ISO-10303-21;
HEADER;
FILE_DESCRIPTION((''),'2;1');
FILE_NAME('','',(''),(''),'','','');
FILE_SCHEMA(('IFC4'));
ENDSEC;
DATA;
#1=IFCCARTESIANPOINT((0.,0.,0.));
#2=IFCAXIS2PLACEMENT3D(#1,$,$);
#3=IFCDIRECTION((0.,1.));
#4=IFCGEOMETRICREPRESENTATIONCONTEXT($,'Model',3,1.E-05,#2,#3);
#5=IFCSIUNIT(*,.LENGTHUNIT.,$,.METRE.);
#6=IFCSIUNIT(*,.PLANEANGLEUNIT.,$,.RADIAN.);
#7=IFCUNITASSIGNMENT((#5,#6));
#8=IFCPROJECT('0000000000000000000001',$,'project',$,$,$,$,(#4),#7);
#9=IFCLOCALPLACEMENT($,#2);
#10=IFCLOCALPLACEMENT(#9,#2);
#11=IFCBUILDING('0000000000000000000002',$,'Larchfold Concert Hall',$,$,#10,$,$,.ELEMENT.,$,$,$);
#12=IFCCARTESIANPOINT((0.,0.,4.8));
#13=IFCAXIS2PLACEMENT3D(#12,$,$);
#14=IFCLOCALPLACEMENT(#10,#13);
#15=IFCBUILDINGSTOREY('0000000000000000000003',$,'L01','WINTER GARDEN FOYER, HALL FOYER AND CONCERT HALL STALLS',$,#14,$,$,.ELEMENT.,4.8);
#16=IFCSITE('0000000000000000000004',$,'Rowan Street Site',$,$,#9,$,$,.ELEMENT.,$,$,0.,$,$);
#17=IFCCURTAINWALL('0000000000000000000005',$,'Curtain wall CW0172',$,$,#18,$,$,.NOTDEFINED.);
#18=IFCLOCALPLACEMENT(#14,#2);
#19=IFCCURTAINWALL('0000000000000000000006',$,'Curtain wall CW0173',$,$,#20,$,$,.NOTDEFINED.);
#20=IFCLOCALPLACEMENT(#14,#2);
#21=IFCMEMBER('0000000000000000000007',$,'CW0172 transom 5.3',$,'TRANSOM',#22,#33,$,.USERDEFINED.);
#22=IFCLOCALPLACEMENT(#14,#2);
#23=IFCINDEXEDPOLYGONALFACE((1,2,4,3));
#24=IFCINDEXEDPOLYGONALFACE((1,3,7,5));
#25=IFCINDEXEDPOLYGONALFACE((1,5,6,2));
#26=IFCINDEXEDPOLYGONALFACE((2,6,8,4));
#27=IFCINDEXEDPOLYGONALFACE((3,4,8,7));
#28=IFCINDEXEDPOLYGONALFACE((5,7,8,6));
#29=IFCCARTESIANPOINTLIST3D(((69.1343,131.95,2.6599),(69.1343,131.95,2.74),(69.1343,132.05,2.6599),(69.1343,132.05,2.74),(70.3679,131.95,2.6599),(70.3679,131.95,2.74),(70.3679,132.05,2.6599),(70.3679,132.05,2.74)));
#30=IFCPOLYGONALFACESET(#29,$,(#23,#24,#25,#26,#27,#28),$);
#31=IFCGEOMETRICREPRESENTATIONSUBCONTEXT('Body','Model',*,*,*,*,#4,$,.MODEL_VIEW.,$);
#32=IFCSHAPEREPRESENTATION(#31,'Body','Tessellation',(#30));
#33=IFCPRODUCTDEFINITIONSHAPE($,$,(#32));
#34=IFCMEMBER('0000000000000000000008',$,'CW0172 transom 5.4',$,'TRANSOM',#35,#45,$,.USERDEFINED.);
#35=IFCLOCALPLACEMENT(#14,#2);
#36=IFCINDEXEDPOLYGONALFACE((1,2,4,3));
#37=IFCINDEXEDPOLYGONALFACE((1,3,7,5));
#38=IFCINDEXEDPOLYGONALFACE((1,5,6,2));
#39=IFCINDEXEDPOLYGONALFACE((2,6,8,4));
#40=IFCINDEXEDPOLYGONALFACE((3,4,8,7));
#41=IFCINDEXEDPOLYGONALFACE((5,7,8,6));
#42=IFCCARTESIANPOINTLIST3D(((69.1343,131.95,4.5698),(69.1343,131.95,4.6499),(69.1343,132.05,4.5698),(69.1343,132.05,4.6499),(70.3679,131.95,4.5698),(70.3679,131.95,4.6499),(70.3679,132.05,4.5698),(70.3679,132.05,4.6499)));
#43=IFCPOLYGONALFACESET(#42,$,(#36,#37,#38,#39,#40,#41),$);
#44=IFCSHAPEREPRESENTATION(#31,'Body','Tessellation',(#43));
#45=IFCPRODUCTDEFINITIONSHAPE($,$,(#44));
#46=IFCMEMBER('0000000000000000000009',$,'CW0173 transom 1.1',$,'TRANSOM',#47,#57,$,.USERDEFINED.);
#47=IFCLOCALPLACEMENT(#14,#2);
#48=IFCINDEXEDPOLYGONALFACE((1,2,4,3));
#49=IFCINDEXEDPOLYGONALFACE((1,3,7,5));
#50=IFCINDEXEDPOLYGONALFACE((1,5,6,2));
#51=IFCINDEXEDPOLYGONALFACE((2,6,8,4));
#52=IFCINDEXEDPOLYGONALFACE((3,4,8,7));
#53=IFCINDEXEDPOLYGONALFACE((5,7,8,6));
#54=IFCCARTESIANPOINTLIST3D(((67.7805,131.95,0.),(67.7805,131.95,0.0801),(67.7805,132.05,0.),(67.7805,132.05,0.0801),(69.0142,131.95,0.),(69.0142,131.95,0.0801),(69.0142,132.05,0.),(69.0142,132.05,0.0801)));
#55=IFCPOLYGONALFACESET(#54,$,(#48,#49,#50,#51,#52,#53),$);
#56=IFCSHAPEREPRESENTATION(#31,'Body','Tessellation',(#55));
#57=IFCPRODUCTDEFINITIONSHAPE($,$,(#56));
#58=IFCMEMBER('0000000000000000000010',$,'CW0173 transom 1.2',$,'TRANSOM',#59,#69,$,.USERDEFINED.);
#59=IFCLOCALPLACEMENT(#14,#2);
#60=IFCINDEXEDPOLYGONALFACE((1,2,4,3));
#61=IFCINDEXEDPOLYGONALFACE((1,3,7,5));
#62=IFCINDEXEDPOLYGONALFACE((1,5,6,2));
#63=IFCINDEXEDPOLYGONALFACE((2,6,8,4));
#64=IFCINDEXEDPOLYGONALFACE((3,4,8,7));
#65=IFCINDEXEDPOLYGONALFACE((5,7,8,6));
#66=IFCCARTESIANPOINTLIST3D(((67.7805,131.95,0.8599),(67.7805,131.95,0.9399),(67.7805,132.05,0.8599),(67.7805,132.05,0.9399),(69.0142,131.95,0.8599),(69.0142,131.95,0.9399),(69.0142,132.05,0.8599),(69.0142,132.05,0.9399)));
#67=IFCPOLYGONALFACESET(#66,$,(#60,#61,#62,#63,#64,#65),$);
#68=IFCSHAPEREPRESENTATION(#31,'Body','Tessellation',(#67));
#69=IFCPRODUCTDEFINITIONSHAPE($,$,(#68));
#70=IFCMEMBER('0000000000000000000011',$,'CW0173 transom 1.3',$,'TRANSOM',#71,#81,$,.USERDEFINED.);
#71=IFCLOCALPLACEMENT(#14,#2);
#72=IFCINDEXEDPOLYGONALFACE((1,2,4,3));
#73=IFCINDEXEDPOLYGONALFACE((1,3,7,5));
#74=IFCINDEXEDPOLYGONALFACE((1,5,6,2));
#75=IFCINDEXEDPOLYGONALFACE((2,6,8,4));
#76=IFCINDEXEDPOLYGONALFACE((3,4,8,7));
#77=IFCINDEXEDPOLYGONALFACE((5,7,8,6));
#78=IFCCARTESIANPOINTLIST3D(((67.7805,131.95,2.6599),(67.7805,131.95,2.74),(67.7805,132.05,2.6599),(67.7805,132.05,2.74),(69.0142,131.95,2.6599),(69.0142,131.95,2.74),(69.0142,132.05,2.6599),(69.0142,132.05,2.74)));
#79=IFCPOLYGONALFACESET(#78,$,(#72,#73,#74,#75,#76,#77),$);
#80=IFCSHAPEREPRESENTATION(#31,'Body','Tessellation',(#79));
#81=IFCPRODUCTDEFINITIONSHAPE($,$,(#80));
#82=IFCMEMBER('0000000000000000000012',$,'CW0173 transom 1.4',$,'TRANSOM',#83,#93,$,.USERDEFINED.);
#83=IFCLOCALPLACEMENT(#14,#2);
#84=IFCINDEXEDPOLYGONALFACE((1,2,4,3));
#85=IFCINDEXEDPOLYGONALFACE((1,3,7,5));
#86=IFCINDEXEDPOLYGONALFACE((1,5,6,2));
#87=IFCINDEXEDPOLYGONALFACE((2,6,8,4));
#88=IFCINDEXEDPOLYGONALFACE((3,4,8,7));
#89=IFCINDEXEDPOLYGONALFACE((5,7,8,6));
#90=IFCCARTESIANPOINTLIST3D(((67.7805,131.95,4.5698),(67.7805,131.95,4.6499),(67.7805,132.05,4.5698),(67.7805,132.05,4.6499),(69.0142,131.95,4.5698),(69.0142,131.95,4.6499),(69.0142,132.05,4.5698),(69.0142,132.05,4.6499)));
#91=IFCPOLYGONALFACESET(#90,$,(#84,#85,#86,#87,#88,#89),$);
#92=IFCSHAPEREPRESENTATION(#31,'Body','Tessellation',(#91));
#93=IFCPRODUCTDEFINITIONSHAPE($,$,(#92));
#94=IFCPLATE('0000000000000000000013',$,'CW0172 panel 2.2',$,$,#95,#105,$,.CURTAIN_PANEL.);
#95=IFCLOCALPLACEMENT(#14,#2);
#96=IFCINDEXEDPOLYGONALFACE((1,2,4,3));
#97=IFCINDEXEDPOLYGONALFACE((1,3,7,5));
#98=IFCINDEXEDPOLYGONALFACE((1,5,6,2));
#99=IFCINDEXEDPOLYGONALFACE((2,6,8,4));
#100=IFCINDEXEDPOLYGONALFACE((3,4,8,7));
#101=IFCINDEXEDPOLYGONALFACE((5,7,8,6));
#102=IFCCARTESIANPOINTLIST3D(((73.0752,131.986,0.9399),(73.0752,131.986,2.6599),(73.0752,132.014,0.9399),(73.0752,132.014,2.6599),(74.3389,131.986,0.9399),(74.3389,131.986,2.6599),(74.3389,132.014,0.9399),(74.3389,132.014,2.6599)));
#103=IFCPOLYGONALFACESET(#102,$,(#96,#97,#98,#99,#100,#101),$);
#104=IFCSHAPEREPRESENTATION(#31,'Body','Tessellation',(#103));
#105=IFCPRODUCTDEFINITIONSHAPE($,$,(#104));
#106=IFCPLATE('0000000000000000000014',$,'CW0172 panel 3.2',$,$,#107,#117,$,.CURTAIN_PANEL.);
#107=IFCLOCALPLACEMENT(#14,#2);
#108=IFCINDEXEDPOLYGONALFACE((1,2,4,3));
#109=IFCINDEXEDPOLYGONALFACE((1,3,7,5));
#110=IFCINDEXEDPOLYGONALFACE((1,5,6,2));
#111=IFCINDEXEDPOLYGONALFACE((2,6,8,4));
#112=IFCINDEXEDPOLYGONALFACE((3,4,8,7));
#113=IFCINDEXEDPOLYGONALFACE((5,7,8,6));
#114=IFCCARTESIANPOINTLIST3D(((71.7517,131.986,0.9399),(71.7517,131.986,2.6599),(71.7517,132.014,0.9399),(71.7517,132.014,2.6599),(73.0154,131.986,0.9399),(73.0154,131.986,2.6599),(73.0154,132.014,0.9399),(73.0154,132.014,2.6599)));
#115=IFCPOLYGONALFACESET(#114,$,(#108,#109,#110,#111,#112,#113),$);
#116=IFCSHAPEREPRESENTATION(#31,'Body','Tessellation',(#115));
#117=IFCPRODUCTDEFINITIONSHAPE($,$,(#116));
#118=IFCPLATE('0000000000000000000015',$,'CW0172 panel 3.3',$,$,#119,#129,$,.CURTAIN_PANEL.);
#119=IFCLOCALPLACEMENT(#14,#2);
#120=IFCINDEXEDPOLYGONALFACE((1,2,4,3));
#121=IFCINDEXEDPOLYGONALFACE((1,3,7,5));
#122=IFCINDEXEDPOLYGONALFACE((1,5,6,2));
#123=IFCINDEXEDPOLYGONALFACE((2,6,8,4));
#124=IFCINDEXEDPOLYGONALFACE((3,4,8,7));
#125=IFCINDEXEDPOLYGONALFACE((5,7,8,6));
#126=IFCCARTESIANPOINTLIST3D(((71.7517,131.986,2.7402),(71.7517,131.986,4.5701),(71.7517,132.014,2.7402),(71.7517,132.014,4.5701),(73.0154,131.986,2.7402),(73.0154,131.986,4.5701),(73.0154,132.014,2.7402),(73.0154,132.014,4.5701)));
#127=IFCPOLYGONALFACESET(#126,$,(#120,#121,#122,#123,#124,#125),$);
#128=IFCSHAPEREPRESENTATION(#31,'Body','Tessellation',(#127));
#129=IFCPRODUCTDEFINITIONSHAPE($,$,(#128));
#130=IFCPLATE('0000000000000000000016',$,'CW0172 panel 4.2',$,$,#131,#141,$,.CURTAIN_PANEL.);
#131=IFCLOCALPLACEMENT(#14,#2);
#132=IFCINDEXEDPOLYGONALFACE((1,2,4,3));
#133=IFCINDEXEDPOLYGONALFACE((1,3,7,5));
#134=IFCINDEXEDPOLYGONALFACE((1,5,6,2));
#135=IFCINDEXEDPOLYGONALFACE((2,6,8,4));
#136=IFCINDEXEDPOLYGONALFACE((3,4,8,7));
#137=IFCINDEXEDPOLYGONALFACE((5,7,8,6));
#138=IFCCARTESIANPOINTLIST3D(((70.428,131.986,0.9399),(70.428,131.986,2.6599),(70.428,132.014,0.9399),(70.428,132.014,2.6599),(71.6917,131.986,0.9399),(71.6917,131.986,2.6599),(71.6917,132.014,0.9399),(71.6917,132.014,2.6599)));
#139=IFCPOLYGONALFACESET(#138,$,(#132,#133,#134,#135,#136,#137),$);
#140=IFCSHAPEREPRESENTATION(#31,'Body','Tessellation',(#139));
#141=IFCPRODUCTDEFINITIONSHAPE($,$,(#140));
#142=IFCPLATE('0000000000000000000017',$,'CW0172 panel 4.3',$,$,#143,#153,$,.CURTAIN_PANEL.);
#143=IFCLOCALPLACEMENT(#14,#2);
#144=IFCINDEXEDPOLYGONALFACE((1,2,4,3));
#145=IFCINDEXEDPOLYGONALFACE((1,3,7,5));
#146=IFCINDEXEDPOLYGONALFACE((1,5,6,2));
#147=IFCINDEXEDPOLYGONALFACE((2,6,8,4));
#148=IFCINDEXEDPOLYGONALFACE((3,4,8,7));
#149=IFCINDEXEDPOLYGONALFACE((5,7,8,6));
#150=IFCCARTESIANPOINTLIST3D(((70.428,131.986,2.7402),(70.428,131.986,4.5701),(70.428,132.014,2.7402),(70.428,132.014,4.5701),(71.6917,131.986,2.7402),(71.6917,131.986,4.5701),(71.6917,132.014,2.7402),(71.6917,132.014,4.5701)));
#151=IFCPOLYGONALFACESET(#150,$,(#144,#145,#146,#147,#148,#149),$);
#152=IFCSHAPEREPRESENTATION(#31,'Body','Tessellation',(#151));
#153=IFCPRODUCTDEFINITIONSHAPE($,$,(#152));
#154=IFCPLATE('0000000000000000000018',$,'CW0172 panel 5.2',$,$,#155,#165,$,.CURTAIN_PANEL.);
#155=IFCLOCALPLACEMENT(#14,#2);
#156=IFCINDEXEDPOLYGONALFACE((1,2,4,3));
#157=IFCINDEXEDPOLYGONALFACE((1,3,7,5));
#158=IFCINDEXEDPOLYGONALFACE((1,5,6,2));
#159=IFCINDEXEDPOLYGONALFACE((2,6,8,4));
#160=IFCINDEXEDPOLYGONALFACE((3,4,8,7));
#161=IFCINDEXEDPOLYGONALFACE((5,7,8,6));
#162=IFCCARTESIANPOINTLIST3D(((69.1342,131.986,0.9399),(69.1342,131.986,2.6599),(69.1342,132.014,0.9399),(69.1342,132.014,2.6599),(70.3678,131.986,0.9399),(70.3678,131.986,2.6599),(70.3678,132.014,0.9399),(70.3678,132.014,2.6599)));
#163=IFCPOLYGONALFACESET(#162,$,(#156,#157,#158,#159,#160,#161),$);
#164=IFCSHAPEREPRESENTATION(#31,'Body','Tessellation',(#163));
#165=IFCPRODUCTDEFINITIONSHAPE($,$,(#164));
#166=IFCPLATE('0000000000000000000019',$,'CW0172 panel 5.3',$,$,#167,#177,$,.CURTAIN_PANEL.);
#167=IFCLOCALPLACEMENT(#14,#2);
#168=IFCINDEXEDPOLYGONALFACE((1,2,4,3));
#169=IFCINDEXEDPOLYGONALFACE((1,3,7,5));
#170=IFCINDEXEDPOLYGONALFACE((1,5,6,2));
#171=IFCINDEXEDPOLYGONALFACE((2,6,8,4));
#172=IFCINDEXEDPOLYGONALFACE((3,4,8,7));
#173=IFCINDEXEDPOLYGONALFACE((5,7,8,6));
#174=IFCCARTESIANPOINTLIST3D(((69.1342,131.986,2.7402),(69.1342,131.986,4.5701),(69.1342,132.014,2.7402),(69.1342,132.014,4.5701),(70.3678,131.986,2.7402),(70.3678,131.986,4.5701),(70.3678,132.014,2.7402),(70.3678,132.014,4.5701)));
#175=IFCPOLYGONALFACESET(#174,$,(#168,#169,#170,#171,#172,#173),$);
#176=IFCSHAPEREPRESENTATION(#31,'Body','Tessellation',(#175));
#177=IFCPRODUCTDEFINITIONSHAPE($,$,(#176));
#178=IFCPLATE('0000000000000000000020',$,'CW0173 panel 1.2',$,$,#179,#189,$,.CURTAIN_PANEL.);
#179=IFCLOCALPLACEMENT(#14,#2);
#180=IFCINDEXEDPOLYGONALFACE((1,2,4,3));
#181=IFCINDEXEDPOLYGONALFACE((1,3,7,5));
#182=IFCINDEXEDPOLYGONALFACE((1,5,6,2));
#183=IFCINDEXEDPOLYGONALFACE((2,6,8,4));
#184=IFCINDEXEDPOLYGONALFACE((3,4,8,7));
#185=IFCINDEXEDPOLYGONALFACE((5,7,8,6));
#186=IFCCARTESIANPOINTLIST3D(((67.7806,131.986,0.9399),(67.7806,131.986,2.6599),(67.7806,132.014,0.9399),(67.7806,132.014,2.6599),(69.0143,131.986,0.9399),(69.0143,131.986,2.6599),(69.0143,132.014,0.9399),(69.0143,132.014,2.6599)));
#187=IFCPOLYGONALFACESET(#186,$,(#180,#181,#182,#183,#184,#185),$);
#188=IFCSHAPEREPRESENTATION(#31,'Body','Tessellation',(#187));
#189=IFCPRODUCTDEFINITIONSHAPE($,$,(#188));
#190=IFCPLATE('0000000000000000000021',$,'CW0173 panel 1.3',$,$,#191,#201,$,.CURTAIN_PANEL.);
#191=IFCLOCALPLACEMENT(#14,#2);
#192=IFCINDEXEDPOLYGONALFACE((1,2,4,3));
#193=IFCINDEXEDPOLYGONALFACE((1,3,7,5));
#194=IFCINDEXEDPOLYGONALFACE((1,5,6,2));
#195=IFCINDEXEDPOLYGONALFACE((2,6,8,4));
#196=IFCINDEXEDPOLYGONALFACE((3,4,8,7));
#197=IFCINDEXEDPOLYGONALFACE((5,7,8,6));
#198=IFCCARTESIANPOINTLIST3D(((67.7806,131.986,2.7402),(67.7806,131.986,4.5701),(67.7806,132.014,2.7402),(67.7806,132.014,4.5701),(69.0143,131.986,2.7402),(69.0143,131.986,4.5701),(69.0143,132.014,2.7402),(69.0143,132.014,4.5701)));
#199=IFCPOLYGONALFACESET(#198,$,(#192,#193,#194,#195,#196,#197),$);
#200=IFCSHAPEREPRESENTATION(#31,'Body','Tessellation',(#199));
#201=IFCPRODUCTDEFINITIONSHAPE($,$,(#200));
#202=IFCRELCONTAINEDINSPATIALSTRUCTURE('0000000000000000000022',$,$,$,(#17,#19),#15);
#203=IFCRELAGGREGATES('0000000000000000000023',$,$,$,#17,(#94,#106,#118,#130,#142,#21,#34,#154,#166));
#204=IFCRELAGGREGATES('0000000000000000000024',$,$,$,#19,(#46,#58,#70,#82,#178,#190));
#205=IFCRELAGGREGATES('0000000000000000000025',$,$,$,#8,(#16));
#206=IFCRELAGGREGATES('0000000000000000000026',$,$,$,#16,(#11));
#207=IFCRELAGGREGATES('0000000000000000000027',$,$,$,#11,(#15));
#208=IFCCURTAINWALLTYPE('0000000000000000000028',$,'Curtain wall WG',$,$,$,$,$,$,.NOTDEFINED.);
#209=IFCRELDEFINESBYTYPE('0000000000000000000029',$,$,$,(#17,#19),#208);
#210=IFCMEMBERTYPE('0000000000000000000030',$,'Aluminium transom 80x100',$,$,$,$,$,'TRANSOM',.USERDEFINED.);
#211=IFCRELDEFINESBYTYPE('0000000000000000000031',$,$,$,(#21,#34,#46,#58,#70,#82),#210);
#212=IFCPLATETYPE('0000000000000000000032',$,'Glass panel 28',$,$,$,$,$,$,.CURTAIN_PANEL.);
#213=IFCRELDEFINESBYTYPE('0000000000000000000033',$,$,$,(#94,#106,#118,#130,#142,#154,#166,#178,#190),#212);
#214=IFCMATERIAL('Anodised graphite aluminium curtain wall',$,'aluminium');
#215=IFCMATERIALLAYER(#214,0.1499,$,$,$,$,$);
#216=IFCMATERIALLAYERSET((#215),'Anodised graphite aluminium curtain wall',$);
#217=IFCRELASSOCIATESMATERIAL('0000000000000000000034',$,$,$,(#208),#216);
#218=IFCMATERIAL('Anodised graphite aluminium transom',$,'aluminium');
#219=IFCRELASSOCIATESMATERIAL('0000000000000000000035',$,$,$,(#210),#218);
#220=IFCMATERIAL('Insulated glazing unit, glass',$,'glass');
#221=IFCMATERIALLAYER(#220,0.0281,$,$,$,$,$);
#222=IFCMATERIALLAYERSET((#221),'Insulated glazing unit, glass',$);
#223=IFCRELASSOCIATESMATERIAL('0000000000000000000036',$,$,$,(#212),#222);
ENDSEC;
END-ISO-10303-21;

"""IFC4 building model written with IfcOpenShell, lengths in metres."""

from ifc_helpers import new_model, si_unit, direction, frame, origin, origin_2d, place, context, subcontext, project, spatial, rectangle, extrude, material, layer, layer_set, material_profile, profile_set, type_object, element, aggregate, save


model = new_model("IFC4")

# Units and contexts
model_context = context("Model", 3, precision=1e-05, world=origin(), true_north=direction((0.0, 1.0)))
body_context = subcontext(model_context, "Body", "Model", "MODEL_VIEW")
ifc_project = project(units=[si_unit("LENGTHUNIT", "METRE"), si_unit("PLANEANGLEUNIT", "RADIAN")], contexts=[model_context])

# Site, building, storey
site_placement = place(None, origin())
site = spatial("IfcSite", under=ifc_project, at=site_placement, Name="Rowan Street Site", CompositionType="ELEMENT", RefElevation=0.0)
building_placement = place(site_placement, origin())
building = spatial("IfcBuilding", under=site, at=building_placement, Name="Larchfold Concert Hall", CompositionType="ELEMENT")
storey_placement = place(building_placement, frame((0.0, 0.0, 4.8)))
storey = spatial("IfcBuildingStorey", under=building, at=storey_placement, Name="L01", Description="WINTER GARDEN FOYER, HALL FOYER AND CONCERT HALL STALLS", CompositionType="ELEMENT", Elevation=4.8)

# Curtain wall
ifc_material_1 = material(Name="Anodised graphite aluminium curtain wall", Category="aluminium")
ifc_layer_1 = layer(ifc_material_1, 0.1499)
ifc_layer_set_1 = layer_set([ifc_layer_1], Name="Anodised graphite aluminium curtain wall")
curtain_wall_type = type_object("IfcCurtainWallType", Name="Curtain wall WG", PredefinedType="NOTDEFINED", material=ifc_layer_set_1)
curtain_wall_1_placement = place(storey_placement, origin())
curtain_wall_1 = element("IfcCurtainWall", 1, at=curtain_wall_1_placement, inside=storey, type_object=curtain_wall_type, Name="Curtain wall CW0172", PredefinedType="NOTDEFINED")

# Curtain wall
curtain_wall_2_placement = place(storey_placement, origin())
curtain_wall_2 = element("IfcCurtainWall", 2, at=curtain_wall_2_placement, inside=storey, type_object=curtain_wall_type, Name="Curtain wall CW0173", PredefinedType="NOTDEFINED")

# Members
ifc_material_2 = material(Name="Anodised graphite aluminium transom", Category="aluminium")
ifc_material_profile_1 = material_profile(ifc_material_2, rectangle(XDim=0.1001, YDim=0.0801, at=origin_2d()))
ifc_profile_set_1 = profile_set([ifc_material_profile_1], Name="Anodised graphite aluminium transom")
member_type_1 = type_object("IfcMemberType", Name="Aluminium transom 80x100", ElementType="TRANSOM", PredefinedType="USERDEFINED", material=ifc_profile_set_1)
member_1_placement = place(storey_placement, frame((70.3679, 132.0, 2.7), z_axis=(-1.0, 0.0, 0.0), x_axis=(0.0, -1.0, 0.0)))
member_1 = element("IfcMember", 3, at=member_1_placement, type_object=member_type_1, Name="CW0172 transom 5.3", ObjectType="TRANSOM", PredefinedType="USERDEFINED", context=body_context, shape_type="SweptSolid", body=[
    extrude(rectangle(XDim=0.1001, YDim=0.0801, at=origin_2d()), origin(), (0.0, 0.0, 1.0), 1.2336),
])
member_2_placement = place(storey_placement, frame((70.3679, 132.0, 4.6099), z_axis=(-1.0, 0.0, 0.0), x_axis=(0.0, -1.0, 0.0)))
member_2 = element("IfcMember", 4, at=member_2_placement, type_object=member_type_1, Name="CW0172 transom 5.4", ObjectType="TRANSOM", PredefinedType="USERDEFINED", context=body_context, shape_type="SweptSolid", body=[
    extrude(rectangle(XDim=0.1001, YDim=0.0801, at=origin_2d()), origin(), (0.0, 0.0, 1.0), 1.2336),
])
member_3_placement = place(storey_placement, frame((69.0142, 132.0, 0.04), z_axis=(-1.0, 0.0, 0.0), x_axis=(0.0, -1.0, 0.0)))
member_3 = element("IfcMember", 5, at=member_3_placement, type_object=member_type_1, Name="CW0173 transom 1.1", ObjectType="TRANSOM", PredefinedType="USERDEFINED", context=body_context, shape_type="SweptSolid", body=[
    extrude(rectangle(XDim=0.1001, YDim=0.0801, at=origin_2d()), origin(), (0.0, 0.0, 1.0), 1.2336),
])
member_4_placement = place(storey_placement, frame((69.0142, 132.0, 0.8999), z_axis=(-1.0, 0.0, 0.0), x_axis=(0.0, -1.0, 0.0)))
member_4 = element("IfcMember", 6, at=member_4_placement, type_object=member_type_1, Name="CW0173 transom 1.2", ObjectType="TRANSOM", PredefinedType="USERDEFINED", context=body_context, shape_type="SweptSolid", body=[
    extrude(rectangle(XDim=0.1001, YDim=0.0801, at=origin_2d()), origin(), (0.0, 0.0, 1.0), 1.2336),
])
member_5_placement = place(storey_placement, frame((69.0142, 132.0, 2.7), z_axis=(-1.0, 0.0, 0.0), x_axis=(0.0, -1.0, 0.0)))
member_5 = element("IfcMember", 7, at=member_5_placement, type_object=member_type_1, Name="CW0173 transom 1.3", ObjectType="TRANSOM", PredefinedType="USERDEFINED", context=body_context, shape_type="SweptSolid", body=[
    extrude(rectangle(XDim=0.1001, YDim=0.0801, at=origin_2d()), origin(), (0.0, 0.0, 1.0), 1.2336),
])
member_6_placement = place(storey_placement, frame((69.0142, 132.0, 4.6099), z_axis=(-1.0, 0.0, 0.0), x_axis=(0.0, -1.0, 0.0)))
member_6 = element("IfcMember", 8, at=member_6_placement, type_object=member_type_1, Name="CW0173 transom 1.4", ObjectType="TRANSOM", PredefinedType="USERDEFINED", context=body_context, shape_type="SweptSolid", body=[
    extrude(rectangle(XDim=0.1001, YDim=0.0801, at=origin_2d()), origin(), (0.0, 0.0, 1.0), 1.2336),
])

# Plates
ifc_material_3 = material(Name="Insulated glazing unit, glass", Category="glass")
ifc_layer_2 = layer(ifc_material_3, 0.0281)
ifc_layer_set_2 = layer_set([ifc_layer_2], Name="Insulated glazing unit, glass")
plate_type_1 = type_object("IfcPlateType", Name="Glass panel 28", PredefinedType="CURTAIN_PANEL", material=ifc_layer_set_2)
plate_1_placement = place(storey_placement, frame((73.707, 132.0, 0.9399), z_axis=(0.0, 0.0, 1.0), x_axis=(-1.0, 0.0, 0.0)))
plate_1 = element("IfcPlate", 9, at=plate_1_placement, type_object=plate_type_1, Name="CW0172 panel 2.2", PredefinedType="CURTAIN_PANEL", context=body_context, shape_type="SweptSolid", body=[
    extrude(rectangle(XDim=1.2637, YDim=0.0281, at=origin_2d()), origin(), (0.0, 0.0, 1.0), 1.72),
])
plate_2_placement = place(storey_placement, frame((72.3835, 132.0, 0.9399), z_axis=(0.0, 0.0, 1.0), x_axis=(-1.0, 0.0, 0.0)))
plate_2 = element("IfcPlate", 10, at=plate_2_placement, type_object=plate_type_1, Name="CW0172 panel 3.2", PredefinedType="CURTAIN_PANEL", context=body_context, shape_type="SweptSolid", body=[
    extrude(rectangle(XDim=1.2637, YDim=0.0281, at=origin_2d()), origin(), (0.0, 0.0, 1.0), 1.72),
])
plate_3_placement = place(storey_placement, frame((72.3835, 132.0, 2.7402), z_axis=(0.0, 0.0, 1.0), x_axis=(-1.0, 0.0, 0.0)))
plate_3 = element("IfcPlate", 11, at=plate_3_placement, type_object=plate_type_1, Name="CW0172 panel 3.3", PredefinedType="CURTAIN_PANEL", context=body_context, shape_type="SweptSolid", body=[
    extrude(rectangle(XDim=1.2637, YDim=0.0281, at=origin_2d()), origin(), (0.0, 0.0, 1.0), 1.8298),
])
plate_4_placement = place(storey_placement, frame((71.0598, 132.0, 0.9399), z_axis=(0.0, 0.0, 1.0), x_axis=(-1.0, 0.0, 0.0)))
plate_4 = element("IfcPlate", 12, at=plate_4_placement, type_object=plate_type_1, Name="CW0172 panel 4.2", PredefinedType="CURTAIN_PANEL", context=body_context, shape_type="SweptSolid", body=[
    extrude(rectangle(XDim=1.2637, YDim=0.0281, at=origin_2d()), origin(), (0.0, 0.0, 1.0), 1.72),
])
plate_5_placement = place(storey_placement, frame((71.0598, 132.0, 2.7402), z_axis=(0.0, 0.0, 1.0), x_axis=(-1.0, 0.0, 0.0)))
plate_5 = element("IfcPlate", 13, at=plate_5_placement, type_object=plate_type_1, Name="CW0172 panel 4.3", PredefinedType="CURTAIN_PANEL", context=body_context, shape_type="SweptSolid", body=[
    extrude(rectangle(XDim=1.2637, YDim=0.0281, at=origin_2d()), origin(), (0.0, 0.0, 1.0), 1.8298),
])
plate_6_placement = place(storey_placement, frame((69.751, 132.0, 0.9399), z_axis=(0.0, 0.0, 1.0), x_axis=(-1.0, 0.0, 0.0)))
plate_6 = element("IfcPlate", 14, at=plate_6_placement, type_object=plate_type_1, Name="CW0172 panel 5.2", PredefinedType="CURTAIN_PANEL", context=body_context, shape_type="SweptSolid", body=[
    extrude(rectangle(XDim=1.2336, YDim=0.0281, at=origin_2d()), origin(), (0.0, 0.0, 1.0), 1.72),
])
plate_7_placement = place(storey_placement, frame((69.751, 132.0, 2.7402), z_axis=(0.0, 0.0, 1.0), x_axis=(-1.0, 0.0, 0.0)))
plate_7 = element("IfcPlate", 15, at=plate_7_placement, type_object=plate_type_1, Name="CW0172 panel 5.3", PredefinedType="CURTAIN_PANEL", context=body_context, shape_type="SweptSolid", body=[
    extrude(rectangle(XDim=1.2336, YDim=0.0281, at=origin_2d()), origin(), (0.0, 0.0, 1.0), 1.8298),
])
plate_8_placement = place(storey_placement, frame((68.3975, 132.0, 0.9399), z_axis=(0.0, 0.0, 1.0), x_axis=(-1.0, 0.0, 0.0)))
plate_8 = element("IfcPlate", 16, at=plate_8_placement, type_object=plate_type_1, Name="CW0173 panel 1.2", PredefinedType="CURTAIN_PANEL", context=body_context, shape_type="SweptSolid", body=[
    extrude(rectangle(XDim=1.2336, YDim=0.0281, at=origin_2d()), origin(), (0.0, 0.0, 1.0), 1.72),
])
plate_9_placement = place(storey_placement, frame((68.3975, 132.0, 2.7402), z_axis=(0.0, 0.0, 1.0), x_axis=(-1.0, 0.0, 0.0)))
plate_9 = element("IfcPlate", 17, at=plate_9_placement, type_object=plate_type_1, Name="CW0173 panel 1.3", PredefinedType="CURTAIN_PANEL", context=body_context, shape_type="SweptSolid", body=[
    extrude(rectangle(XDim=1.2336, YDim=0.0281, at=origin_2d()), origin(), (0.0, 0.0, 1.0), 1.8298),
])
aggregate(curtain_wall_1, [plate_1, plate_2, plate_3, plate_4, plate_5, member_1, member_2, plate_6, plate_7])
aggregate(curtain_wall_2, [member_3, member_4, member_5, member_6, plate_8, plate_9])

save(model, "model.ifc")
